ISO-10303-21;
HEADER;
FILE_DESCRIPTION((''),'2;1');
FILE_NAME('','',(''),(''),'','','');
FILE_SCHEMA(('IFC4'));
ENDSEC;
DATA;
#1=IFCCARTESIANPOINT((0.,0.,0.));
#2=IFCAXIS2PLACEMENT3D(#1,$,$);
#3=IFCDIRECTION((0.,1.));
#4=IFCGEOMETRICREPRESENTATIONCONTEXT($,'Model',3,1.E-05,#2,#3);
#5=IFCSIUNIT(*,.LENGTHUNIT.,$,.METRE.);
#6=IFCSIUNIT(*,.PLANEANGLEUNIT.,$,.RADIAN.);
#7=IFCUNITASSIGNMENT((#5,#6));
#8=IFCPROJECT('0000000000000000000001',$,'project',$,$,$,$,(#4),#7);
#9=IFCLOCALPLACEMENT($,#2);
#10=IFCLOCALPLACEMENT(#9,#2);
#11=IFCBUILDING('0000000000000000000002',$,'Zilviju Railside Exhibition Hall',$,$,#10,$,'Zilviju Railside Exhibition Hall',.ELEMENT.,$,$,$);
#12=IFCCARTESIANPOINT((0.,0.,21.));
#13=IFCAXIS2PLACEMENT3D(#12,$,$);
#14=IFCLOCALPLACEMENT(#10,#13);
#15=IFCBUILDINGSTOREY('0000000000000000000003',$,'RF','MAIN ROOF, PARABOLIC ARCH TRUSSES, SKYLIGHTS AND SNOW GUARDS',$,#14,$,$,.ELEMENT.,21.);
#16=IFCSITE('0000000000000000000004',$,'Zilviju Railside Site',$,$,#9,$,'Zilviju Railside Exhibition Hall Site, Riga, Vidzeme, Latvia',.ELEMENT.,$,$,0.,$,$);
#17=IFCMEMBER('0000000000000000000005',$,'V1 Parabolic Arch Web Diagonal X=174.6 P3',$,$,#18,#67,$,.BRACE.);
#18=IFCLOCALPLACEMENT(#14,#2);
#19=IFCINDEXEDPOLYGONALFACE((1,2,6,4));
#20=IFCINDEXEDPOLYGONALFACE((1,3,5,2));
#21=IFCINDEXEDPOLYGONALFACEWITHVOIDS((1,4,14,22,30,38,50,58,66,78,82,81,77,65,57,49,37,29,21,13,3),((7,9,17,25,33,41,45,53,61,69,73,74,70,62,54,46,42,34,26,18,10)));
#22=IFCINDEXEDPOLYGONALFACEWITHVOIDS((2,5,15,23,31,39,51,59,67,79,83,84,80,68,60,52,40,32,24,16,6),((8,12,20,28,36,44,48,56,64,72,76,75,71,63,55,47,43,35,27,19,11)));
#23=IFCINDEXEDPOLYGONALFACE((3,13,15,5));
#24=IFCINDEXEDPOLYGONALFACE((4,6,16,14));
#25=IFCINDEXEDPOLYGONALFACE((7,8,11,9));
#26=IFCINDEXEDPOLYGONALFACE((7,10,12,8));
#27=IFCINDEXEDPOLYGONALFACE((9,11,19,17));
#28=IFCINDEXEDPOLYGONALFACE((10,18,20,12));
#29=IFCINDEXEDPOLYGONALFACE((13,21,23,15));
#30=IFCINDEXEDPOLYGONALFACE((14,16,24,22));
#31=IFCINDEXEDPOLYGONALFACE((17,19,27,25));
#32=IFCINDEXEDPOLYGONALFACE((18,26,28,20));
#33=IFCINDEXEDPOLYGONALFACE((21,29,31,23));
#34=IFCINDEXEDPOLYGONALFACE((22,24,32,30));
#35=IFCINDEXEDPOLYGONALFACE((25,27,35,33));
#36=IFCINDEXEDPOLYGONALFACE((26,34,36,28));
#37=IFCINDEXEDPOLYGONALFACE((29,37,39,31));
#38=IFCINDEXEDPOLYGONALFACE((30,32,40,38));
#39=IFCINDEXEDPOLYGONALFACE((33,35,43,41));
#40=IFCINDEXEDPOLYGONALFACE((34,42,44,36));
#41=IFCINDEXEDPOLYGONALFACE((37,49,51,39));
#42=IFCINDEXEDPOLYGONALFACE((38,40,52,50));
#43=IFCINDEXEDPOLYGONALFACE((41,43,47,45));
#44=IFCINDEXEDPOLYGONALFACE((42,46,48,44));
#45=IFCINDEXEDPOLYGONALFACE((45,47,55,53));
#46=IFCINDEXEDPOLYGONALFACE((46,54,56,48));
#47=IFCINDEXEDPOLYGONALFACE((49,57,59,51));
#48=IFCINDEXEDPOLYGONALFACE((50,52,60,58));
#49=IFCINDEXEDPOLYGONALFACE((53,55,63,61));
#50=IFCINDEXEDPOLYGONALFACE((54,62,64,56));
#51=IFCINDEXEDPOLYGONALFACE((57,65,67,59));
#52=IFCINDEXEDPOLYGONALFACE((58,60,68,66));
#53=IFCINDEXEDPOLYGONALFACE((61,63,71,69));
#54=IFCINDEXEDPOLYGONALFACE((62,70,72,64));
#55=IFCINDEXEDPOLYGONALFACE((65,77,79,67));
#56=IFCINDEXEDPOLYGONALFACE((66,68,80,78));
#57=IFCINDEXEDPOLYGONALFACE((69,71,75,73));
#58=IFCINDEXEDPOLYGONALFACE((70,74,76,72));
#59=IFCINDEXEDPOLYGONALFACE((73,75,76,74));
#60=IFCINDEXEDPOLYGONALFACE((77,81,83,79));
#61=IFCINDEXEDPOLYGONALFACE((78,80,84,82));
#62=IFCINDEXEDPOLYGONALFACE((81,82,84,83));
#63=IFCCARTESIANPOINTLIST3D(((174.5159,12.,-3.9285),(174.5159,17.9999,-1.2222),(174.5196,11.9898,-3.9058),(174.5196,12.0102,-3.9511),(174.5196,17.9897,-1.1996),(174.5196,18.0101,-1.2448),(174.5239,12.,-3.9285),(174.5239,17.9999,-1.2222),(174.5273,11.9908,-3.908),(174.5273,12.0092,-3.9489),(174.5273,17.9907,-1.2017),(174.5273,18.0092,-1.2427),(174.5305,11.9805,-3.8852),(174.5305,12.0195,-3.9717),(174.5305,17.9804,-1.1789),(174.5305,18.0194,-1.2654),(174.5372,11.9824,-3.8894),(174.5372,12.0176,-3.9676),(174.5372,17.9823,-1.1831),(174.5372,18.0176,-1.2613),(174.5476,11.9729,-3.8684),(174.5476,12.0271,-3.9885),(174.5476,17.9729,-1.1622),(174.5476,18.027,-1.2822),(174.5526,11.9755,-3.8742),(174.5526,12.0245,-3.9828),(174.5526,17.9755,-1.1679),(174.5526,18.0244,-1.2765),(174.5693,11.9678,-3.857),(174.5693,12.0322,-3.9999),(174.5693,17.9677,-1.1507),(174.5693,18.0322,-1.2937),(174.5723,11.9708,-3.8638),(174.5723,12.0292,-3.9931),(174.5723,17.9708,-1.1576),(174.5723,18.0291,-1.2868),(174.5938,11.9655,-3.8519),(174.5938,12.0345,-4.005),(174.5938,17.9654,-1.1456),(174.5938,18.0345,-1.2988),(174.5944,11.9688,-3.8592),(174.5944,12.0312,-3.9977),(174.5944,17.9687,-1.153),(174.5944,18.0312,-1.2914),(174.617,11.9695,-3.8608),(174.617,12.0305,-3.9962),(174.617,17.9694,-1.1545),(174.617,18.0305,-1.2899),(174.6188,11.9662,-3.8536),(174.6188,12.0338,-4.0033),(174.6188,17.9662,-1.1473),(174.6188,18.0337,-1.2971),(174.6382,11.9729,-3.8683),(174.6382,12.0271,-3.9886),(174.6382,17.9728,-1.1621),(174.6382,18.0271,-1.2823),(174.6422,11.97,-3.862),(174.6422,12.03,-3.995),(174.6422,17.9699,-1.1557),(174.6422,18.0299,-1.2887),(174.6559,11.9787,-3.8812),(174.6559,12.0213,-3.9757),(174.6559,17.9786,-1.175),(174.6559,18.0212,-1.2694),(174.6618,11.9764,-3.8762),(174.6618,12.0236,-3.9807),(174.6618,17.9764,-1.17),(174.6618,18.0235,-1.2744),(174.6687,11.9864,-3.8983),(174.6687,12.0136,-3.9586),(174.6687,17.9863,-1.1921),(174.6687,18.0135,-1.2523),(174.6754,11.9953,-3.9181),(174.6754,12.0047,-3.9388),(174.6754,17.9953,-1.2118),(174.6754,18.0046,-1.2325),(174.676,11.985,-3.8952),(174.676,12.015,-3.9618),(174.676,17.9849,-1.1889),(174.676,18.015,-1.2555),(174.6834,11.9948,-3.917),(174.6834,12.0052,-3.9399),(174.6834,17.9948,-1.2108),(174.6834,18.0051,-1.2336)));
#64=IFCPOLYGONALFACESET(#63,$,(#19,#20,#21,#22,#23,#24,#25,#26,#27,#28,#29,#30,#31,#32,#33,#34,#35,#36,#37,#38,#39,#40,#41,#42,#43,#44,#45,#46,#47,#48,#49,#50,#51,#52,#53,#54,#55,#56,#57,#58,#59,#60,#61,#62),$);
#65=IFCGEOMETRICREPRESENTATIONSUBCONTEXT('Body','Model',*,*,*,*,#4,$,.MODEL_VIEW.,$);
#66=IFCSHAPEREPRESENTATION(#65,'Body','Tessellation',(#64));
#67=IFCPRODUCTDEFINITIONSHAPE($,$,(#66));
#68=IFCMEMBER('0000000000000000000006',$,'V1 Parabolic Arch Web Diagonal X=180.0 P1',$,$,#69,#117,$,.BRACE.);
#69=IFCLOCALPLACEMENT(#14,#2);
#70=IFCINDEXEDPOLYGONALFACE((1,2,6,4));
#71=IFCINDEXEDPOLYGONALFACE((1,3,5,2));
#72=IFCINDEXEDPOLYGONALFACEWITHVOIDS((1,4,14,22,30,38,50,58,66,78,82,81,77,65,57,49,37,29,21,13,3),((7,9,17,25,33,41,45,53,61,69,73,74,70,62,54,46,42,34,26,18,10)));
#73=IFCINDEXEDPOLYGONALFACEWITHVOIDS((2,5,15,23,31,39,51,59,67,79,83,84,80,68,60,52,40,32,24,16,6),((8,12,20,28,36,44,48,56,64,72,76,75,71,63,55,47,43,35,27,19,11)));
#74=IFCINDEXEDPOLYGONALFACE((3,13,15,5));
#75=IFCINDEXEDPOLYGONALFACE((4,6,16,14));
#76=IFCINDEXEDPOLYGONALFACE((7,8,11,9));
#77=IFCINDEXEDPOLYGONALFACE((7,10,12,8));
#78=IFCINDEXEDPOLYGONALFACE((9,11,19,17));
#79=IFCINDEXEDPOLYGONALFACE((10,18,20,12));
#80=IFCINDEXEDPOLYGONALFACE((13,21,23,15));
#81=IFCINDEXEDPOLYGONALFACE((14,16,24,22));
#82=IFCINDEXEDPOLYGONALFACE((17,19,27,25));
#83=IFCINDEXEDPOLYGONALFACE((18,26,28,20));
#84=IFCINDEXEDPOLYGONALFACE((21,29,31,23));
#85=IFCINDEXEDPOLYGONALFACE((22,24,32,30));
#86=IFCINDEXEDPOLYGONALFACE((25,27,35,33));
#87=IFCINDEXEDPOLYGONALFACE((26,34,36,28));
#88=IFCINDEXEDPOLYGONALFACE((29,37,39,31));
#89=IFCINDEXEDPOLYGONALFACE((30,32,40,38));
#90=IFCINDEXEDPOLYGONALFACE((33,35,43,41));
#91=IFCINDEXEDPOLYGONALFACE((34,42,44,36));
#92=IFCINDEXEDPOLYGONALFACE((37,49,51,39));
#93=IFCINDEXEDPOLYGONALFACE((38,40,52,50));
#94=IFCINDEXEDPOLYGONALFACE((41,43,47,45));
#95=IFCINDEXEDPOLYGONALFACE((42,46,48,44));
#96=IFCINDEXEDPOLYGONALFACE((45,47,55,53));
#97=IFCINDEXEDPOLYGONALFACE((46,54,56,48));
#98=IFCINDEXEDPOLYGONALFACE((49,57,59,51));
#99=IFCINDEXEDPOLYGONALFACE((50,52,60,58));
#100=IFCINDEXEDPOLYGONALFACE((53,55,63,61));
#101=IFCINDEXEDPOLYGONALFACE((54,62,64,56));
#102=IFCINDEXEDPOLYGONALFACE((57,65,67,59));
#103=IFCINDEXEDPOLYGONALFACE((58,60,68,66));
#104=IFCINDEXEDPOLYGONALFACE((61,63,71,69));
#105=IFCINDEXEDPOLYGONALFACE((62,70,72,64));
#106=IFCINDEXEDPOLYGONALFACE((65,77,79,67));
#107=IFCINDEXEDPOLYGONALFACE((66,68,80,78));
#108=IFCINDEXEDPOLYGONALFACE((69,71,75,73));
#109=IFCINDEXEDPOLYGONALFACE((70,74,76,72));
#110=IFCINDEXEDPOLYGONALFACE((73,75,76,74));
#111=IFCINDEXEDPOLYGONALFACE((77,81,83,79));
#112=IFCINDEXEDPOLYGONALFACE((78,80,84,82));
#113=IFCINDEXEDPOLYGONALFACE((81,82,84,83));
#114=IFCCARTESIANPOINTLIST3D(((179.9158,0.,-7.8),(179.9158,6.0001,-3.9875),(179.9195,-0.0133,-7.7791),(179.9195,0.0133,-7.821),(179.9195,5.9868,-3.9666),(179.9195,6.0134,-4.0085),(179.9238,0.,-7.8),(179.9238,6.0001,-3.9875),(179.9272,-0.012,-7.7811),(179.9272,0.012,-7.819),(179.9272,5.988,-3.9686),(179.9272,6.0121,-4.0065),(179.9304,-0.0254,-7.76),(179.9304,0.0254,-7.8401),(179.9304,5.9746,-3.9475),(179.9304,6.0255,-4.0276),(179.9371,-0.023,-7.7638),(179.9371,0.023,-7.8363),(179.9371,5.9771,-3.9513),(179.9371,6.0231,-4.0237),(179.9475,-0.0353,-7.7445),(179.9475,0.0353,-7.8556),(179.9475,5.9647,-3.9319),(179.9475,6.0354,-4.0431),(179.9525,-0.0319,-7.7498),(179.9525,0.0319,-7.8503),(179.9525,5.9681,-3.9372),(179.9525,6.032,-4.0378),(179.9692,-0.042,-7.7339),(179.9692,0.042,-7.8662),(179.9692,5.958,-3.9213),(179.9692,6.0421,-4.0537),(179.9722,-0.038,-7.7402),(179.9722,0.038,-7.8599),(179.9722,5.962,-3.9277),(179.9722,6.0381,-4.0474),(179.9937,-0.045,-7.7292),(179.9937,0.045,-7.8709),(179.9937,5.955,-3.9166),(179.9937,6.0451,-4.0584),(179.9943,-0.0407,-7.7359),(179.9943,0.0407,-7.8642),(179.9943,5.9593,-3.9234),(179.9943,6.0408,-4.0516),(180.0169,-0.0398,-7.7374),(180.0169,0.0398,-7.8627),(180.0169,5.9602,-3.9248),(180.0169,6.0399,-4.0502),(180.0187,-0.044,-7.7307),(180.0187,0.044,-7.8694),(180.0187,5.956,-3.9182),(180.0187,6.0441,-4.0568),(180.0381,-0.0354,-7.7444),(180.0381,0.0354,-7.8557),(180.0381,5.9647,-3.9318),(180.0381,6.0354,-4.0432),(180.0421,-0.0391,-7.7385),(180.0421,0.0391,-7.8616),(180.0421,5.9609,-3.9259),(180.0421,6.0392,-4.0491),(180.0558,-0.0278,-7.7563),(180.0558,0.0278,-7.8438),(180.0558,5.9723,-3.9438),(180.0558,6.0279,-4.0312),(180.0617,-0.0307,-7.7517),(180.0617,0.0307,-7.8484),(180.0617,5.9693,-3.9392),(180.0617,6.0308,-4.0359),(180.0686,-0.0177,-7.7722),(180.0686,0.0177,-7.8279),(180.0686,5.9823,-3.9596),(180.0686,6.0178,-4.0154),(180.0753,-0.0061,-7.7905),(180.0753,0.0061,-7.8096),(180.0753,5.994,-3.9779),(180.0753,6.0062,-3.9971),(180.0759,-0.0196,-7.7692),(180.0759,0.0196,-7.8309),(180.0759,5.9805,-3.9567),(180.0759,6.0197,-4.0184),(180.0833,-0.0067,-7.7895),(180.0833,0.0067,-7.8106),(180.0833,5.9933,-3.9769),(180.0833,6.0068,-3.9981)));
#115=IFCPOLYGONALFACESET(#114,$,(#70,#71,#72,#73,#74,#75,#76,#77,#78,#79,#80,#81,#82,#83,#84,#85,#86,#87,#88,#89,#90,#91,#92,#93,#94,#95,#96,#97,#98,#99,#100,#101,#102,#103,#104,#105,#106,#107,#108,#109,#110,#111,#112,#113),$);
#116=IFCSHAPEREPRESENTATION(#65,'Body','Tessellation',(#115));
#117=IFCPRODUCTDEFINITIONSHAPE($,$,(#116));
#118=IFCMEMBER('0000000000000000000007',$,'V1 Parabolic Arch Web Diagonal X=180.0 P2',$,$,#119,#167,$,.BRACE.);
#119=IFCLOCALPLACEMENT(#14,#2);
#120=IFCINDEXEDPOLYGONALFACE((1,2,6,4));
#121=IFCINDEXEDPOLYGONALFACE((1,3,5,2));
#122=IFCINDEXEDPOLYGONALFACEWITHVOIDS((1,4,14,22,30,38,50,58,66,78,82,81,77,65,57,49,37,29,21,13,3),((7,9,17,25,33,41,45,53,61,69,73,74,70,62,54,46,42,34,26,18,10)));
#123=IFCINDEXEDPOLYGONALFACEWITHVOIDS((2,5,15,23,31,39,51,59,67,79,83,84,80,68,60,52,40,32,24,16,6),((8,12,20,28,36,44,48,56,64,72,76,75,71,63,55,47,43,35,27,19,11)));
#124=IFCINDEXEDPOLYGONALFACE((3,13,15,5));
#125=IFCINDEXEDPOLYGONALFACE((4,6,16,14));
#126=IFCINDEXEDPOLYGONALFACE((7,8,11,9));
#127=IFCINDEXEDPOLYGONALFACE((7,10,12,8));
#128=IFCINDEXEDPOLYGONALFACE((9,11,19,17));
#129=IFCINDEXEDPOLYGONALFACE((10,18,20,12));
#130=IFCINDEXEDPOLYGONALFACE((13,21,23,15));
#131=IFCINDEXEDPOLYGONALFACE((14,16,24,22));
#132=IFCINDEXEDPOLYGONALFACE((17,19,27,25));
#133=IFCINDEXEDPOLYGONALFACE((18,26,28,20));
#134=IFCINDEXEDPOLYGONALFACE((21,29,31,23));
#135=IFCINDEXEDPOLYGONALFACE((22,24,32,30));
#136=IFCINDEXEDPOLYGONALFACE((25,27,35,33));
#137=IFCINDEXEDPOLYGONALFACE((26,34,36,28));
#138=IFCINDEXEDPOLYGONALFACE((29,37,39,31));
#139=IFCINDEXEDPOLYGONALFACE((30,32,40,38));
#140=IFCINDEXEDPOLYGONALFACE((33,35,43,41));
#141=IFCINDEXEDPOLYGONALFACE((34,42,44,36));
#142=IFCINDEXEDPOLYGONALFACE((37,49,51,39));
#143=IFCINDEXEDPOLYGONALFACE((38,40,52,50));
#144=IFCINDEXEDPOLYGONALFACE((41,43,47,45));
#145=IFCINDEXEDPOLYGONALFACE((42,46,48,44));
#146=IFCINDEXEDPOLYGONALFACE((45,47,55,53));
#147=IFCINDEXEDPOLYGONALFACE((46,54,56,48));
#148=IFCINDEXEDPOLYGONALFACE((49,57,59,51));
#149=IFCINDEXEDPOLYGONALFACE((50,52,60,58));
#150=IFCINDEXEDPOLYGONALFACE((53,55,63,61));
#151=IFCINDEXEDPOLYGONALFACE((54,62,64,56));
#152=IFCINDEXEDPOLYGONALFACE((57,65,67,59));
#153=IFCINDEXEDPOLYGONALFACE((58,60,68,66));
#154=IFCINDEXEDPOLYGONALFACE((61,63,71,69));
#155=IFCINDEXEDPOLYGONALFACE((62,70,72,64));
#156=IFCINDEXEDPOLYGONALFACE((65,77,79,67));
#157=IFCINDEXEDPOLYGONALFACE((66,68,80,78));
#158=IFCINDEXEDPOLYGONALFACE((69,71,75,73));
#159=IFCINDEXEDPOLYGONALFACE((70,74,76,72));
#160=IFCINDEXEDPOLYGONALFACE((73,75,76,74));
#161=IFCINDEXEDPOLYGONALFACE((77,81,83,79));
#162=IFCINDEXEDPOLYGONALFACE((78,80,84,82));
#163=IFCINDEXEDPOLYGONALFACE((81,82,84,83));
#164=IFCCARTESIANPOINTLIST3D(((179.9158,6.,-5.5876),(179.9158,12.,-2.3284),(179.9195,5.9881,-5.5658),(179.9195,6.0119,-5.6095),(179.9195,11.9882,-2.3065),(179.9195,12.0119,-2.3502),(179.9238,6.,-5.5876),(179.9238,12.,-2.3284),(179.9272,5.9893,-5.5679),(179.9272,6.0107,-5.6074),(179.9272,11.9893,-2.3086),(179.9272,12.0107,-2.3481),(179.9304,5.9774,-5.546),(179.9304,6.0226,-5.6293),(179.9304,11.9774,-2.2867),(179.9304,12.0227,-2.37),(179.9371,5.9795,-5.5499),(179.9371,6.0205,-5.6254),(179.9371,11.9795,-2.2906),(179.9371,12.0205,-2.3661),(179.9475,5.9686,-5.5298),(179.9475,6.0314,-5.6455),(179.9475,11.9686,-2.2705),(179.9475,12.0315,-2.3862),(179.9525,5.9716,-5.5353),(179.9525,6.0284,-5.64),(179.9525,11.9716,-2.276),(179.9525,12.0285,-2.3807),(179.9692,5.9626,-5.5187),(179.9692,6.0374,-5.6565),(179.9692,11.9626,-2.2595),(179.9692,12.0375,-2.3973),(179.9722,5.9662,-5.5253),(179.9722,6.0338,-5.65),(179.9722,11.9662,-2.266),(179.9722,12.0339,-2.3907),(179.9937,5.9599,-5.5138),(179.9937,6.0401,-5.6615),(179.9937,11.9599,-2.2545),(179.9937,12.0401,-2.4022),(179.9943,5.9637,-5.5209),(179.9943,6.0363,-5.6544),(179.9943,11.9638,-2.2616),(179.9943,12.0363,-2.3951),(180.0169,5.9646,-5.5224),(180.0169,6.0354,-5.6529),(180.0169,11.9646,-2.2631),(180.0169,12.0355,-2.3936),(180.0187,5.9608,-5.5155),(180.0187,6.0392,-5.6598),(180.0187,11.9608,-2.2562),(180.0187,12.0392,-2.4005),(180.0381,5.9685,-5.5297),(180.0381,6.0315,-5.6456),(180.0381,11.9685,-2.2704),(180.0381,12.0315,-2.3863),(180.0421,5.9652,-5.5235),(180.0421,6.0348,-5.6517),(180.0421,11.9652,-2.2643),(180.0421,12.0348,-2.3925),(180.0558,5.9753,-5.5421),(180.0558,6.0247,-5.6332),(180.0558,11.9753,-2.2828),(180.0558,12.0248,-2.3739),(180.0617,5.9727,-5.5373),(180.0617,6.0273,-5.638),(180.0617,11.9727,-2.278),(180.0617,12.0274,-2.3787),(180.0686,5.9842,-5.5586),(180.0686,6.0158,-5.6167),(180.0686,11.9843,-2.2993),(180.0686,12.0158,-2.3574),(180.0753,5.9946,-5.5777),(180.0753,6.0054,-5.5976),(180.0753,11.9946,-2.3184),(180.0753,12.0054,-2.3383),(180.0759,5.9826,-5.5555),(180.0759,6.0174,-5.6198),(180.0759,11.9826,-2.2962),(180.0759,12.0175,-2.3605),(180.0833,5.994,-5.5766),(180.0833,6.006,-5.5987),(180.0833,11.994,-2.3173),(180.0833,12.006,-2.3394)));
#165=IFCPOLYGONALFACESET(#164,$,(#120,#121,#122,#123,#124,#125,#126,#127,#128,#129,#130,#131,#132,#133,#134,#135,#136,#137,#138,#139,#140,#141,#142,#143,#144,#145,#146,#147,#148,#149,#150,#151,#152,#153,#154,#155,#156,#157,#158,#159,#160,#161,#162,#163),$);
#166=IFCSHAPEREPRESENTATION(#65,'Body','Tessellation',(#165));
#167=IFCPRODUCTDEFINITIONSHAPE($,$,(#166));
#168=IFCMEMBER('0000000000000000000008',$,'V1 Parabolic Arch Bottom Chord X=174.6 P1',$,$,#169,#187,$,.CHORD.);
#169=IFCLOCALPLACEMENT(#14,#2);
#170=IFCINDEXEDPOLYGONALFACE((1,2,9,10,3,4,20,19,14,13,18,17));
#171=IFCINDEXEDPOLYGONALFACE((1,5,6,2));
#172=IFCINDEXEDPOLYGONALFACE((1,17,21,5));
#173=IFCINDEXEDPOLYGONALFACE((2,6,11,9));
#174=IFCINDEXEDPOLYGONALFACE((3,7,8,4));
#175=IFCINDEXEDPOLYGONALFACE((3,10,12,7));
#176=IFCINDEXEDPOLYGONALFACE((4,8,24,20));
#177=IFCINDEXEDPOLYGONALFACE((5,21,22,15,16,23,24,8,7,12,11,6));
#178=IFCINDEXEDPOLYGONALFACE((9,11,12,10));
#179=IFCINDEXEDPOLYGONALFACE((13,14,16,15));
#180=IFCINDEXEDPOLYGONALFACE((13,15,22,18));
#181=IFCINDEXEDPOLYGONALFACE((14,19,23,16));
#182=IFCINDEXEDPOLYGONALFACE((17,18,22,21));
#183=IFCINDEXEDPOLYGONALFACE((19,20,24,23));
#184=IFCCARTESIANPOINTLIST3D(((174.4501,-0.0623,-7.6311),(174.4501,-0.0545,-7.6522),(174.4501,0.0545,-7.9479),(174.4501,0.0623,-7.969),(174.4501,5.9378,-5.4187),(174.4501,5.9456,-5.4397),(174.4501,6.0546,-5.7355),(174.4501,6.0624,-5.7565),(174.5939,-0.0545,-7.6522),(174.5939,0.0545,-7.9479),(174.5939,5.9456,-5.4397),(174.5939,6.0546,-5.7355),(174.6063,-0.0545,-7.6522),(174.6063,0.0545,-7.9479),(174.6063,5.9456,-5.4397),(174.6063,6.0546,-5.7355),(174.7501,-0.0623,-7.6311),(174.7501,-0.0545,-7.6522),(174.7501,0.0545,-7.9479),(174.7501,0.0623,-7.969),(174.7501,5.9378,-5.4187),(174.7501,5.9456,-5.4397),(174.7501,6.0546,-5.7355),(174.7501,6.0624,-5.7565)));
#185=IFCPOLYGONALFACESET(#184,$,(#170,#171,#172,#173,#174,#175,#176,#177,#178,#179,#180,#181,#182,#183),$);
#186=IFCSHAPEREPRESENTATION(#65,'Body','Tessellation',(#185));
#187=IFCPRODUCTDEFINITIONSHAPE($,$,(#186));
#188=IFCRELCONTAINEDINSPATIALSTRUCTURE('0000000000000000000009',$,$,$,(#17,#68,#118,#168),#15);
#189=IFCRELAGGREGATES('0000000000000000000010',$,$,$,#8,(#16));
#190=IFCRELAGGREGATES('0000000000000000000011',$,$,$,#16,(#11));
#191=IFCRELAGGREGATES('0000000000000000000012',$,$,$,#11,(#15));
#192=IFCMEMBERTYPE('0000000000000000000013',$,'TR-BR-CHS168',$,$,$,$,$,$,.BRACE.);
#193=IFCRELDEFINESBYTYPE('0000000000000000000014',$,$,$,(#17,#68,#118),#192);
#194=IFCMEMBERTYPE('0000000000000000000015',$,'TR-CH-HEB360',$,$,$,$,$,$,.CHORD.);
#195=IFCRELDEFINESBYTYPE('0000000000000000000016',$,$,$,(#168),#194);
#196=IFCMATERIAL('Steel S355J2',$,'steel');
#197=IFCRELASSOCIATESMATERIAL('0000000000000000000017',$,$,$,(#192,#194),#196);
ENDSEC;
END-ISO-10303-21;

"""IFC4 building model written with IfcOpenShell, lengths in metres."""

from ifc_helpers import new_model, si_unit, direction, frame, origin, origin_2d, place, context, subcontext, project, spatial, hollow_circle, i_section, extrude, material, material_profile, profile_set, type_object, element, save


model = new_model("IFC4")

# Units and contexts
model_context = context("Model", 3, precision=1e-05, world=origin(), true_north=direction((0.0, 1.0)))
body_context = subcontext(model_context, "Body", "Model", "MODEL_VIEW")
ifc_project = project(units=[si_unit("LENGTHUNIT", "METRE"), si_unit("PLANEANGLEUNIT", "RADIAN")], contexts=[model_context])

# Site, building, storey
site_placement = place(None, origin())
site = spatial("IfcSite", under=ifc_project, at=site_placement, Name="Zilviju Railside Site", LongName="Zilviju Railside Exhibition Hall Site, Riga, Vidzeme, Latvia", CompositionType="ELEMENT", RefElevation=0.0)
building_placement = place(site_placement, origin())
building = spatial("IfcBuilding", under=site, at=building_placement, Name="Zilviju Railside Exhibition Hall", LongName="Zilviju Railside Exhibition Hall", CompositionType="ELEMENT")
storey_placement = place(building_placement, frame((0.0, 0.0, 21.0)))
storey = spatial("IfcBuildingStorey", under=building, at=storey_placement, Name="RF", Description="MAIN ROOF, PARABOLIC ARCH TRUSSES, SKYLIGHTS AND SNOW GUARDS", CompositionType="ELEMENT", Elevation=21.0)

# Members
ifc_material_1 = material(Name="Steel S355J2", Category="steel")
ifc_material_profile_1 = material_profile(ifc_material_1, hollow_circle(Radius=0.0842, WallThickness=0.0081, at=origin_2d()), Name="CHS 168.3x8.0")
ifc_profile_set_1 = profile_set([ifc_material_profile_1], Name="Steel S355J2")
member_type_1 = type_object("IfcMemberType", Name="TR-BR-CHS168", PredefinedType="BRACE", material=ifc_profile_set_1)
member_1_placement = place(storey_placement, frame((174.6001, 12.0, -3.9285), z_axis=(0.0, 0.911563, 0.41116), x_axis=(-1.0, 0.0, 0.0)))
element("IfcMember", 1, at=member_1_placement, inside=storey, type_object=member_type_1, Name="V1 Parabolic Arch Web Diagonal X=174.6 P3", PredefinedType="BRACE", context=body_context, shape_type="SweptSolid", body=[
    extrude(hollow_circle(Radius=0.0842, WallThickness=0.0081, at=origin_2d()), origin(), (0.0, 0.0, 1.0), 6.582),
])
member_2_placement = place(storey_placement, frame((180.0, 0.0, -7.8), z_axis=(0.0, 0.844023, 0.536306), x_axis=(-1.0, 0.0, 0.0)))
element("IfcMember", 2, at=member_2_placement, inside=storey, type_object=member_type_1, Name="V1 Parabolic Arch Web Diagonal X=180.0 P1", PredefinedType="BRACE", context=body_context, shape_type="SweptSolid", body=[
    extrude(hollow_circle(Radius=0.0842, WallThickness=0.0081, at=origin_2d()), origin(), (0.0, 0.0, 1.0), 7.1089),
])
member_3_placement = place(storey_placement, frame((180.0, 6.0, -5.5876), z_axis=(0.0, 0.878722, 0.477333), x_axis=(-1.0, 0.0, 0.0)))
element("IfcMember", 3, at=member_3_placement, inside=storey, type_object=member_type_1, Name="V1 Parabolic Arch Web Diagonal X=180.0 P2", PredefinedType="BRACE", context=body_context, shape_type="SweptSolid", body=[
    extrude(hollow_circle(Radius=0.0842, WallThickness=0.0081, at=origin_2d()), origin(), (0.0, 0.0, 1.0), 6.8281),
])
ifc_material_profile_2 = material_profile(ifc_material_1, i_section(OverallWidth=0.3, OverallDepth=0.3601, WebThickness=0.0125, FlangeThickness=0.0225, at=origin_2d()), Name="HEB 360")
ifc_profile_set_2 = profile_set([ifc_material_profile_2], Name="Steel S355J2")
member_type_2 = type_object("IfcMemberType", Name="TR-CH-HEB360", PredefinedType="CHORD", material=ifc_profile_set_2)
member_4_placement = place(storey_placement, frame((174.6001, 0.0, -7.8), z_axis=(0.0, 0.938248, 0.345964), x_axis=(-1.0, 0.0, 0.0)))
element("IfcMember", 4, at=member_4_placement, inside=storey, type_object=member_type_2, Name="V1 Parabolic Arch Bottom Chord X=174.6 P1", PredefinedType="CHORD", context=body_context, shape_type="SweptSolid", body=[
    extrude(i_section(OverallWidth=0.3, OverallDepth=0.3601, WebThickness=0.0125, FlangeThickness=0.0225, at=origin_2d()), origin(), (0.0, 0.0, 1.0), 6.395),
])

save(model, "model.ifc")
